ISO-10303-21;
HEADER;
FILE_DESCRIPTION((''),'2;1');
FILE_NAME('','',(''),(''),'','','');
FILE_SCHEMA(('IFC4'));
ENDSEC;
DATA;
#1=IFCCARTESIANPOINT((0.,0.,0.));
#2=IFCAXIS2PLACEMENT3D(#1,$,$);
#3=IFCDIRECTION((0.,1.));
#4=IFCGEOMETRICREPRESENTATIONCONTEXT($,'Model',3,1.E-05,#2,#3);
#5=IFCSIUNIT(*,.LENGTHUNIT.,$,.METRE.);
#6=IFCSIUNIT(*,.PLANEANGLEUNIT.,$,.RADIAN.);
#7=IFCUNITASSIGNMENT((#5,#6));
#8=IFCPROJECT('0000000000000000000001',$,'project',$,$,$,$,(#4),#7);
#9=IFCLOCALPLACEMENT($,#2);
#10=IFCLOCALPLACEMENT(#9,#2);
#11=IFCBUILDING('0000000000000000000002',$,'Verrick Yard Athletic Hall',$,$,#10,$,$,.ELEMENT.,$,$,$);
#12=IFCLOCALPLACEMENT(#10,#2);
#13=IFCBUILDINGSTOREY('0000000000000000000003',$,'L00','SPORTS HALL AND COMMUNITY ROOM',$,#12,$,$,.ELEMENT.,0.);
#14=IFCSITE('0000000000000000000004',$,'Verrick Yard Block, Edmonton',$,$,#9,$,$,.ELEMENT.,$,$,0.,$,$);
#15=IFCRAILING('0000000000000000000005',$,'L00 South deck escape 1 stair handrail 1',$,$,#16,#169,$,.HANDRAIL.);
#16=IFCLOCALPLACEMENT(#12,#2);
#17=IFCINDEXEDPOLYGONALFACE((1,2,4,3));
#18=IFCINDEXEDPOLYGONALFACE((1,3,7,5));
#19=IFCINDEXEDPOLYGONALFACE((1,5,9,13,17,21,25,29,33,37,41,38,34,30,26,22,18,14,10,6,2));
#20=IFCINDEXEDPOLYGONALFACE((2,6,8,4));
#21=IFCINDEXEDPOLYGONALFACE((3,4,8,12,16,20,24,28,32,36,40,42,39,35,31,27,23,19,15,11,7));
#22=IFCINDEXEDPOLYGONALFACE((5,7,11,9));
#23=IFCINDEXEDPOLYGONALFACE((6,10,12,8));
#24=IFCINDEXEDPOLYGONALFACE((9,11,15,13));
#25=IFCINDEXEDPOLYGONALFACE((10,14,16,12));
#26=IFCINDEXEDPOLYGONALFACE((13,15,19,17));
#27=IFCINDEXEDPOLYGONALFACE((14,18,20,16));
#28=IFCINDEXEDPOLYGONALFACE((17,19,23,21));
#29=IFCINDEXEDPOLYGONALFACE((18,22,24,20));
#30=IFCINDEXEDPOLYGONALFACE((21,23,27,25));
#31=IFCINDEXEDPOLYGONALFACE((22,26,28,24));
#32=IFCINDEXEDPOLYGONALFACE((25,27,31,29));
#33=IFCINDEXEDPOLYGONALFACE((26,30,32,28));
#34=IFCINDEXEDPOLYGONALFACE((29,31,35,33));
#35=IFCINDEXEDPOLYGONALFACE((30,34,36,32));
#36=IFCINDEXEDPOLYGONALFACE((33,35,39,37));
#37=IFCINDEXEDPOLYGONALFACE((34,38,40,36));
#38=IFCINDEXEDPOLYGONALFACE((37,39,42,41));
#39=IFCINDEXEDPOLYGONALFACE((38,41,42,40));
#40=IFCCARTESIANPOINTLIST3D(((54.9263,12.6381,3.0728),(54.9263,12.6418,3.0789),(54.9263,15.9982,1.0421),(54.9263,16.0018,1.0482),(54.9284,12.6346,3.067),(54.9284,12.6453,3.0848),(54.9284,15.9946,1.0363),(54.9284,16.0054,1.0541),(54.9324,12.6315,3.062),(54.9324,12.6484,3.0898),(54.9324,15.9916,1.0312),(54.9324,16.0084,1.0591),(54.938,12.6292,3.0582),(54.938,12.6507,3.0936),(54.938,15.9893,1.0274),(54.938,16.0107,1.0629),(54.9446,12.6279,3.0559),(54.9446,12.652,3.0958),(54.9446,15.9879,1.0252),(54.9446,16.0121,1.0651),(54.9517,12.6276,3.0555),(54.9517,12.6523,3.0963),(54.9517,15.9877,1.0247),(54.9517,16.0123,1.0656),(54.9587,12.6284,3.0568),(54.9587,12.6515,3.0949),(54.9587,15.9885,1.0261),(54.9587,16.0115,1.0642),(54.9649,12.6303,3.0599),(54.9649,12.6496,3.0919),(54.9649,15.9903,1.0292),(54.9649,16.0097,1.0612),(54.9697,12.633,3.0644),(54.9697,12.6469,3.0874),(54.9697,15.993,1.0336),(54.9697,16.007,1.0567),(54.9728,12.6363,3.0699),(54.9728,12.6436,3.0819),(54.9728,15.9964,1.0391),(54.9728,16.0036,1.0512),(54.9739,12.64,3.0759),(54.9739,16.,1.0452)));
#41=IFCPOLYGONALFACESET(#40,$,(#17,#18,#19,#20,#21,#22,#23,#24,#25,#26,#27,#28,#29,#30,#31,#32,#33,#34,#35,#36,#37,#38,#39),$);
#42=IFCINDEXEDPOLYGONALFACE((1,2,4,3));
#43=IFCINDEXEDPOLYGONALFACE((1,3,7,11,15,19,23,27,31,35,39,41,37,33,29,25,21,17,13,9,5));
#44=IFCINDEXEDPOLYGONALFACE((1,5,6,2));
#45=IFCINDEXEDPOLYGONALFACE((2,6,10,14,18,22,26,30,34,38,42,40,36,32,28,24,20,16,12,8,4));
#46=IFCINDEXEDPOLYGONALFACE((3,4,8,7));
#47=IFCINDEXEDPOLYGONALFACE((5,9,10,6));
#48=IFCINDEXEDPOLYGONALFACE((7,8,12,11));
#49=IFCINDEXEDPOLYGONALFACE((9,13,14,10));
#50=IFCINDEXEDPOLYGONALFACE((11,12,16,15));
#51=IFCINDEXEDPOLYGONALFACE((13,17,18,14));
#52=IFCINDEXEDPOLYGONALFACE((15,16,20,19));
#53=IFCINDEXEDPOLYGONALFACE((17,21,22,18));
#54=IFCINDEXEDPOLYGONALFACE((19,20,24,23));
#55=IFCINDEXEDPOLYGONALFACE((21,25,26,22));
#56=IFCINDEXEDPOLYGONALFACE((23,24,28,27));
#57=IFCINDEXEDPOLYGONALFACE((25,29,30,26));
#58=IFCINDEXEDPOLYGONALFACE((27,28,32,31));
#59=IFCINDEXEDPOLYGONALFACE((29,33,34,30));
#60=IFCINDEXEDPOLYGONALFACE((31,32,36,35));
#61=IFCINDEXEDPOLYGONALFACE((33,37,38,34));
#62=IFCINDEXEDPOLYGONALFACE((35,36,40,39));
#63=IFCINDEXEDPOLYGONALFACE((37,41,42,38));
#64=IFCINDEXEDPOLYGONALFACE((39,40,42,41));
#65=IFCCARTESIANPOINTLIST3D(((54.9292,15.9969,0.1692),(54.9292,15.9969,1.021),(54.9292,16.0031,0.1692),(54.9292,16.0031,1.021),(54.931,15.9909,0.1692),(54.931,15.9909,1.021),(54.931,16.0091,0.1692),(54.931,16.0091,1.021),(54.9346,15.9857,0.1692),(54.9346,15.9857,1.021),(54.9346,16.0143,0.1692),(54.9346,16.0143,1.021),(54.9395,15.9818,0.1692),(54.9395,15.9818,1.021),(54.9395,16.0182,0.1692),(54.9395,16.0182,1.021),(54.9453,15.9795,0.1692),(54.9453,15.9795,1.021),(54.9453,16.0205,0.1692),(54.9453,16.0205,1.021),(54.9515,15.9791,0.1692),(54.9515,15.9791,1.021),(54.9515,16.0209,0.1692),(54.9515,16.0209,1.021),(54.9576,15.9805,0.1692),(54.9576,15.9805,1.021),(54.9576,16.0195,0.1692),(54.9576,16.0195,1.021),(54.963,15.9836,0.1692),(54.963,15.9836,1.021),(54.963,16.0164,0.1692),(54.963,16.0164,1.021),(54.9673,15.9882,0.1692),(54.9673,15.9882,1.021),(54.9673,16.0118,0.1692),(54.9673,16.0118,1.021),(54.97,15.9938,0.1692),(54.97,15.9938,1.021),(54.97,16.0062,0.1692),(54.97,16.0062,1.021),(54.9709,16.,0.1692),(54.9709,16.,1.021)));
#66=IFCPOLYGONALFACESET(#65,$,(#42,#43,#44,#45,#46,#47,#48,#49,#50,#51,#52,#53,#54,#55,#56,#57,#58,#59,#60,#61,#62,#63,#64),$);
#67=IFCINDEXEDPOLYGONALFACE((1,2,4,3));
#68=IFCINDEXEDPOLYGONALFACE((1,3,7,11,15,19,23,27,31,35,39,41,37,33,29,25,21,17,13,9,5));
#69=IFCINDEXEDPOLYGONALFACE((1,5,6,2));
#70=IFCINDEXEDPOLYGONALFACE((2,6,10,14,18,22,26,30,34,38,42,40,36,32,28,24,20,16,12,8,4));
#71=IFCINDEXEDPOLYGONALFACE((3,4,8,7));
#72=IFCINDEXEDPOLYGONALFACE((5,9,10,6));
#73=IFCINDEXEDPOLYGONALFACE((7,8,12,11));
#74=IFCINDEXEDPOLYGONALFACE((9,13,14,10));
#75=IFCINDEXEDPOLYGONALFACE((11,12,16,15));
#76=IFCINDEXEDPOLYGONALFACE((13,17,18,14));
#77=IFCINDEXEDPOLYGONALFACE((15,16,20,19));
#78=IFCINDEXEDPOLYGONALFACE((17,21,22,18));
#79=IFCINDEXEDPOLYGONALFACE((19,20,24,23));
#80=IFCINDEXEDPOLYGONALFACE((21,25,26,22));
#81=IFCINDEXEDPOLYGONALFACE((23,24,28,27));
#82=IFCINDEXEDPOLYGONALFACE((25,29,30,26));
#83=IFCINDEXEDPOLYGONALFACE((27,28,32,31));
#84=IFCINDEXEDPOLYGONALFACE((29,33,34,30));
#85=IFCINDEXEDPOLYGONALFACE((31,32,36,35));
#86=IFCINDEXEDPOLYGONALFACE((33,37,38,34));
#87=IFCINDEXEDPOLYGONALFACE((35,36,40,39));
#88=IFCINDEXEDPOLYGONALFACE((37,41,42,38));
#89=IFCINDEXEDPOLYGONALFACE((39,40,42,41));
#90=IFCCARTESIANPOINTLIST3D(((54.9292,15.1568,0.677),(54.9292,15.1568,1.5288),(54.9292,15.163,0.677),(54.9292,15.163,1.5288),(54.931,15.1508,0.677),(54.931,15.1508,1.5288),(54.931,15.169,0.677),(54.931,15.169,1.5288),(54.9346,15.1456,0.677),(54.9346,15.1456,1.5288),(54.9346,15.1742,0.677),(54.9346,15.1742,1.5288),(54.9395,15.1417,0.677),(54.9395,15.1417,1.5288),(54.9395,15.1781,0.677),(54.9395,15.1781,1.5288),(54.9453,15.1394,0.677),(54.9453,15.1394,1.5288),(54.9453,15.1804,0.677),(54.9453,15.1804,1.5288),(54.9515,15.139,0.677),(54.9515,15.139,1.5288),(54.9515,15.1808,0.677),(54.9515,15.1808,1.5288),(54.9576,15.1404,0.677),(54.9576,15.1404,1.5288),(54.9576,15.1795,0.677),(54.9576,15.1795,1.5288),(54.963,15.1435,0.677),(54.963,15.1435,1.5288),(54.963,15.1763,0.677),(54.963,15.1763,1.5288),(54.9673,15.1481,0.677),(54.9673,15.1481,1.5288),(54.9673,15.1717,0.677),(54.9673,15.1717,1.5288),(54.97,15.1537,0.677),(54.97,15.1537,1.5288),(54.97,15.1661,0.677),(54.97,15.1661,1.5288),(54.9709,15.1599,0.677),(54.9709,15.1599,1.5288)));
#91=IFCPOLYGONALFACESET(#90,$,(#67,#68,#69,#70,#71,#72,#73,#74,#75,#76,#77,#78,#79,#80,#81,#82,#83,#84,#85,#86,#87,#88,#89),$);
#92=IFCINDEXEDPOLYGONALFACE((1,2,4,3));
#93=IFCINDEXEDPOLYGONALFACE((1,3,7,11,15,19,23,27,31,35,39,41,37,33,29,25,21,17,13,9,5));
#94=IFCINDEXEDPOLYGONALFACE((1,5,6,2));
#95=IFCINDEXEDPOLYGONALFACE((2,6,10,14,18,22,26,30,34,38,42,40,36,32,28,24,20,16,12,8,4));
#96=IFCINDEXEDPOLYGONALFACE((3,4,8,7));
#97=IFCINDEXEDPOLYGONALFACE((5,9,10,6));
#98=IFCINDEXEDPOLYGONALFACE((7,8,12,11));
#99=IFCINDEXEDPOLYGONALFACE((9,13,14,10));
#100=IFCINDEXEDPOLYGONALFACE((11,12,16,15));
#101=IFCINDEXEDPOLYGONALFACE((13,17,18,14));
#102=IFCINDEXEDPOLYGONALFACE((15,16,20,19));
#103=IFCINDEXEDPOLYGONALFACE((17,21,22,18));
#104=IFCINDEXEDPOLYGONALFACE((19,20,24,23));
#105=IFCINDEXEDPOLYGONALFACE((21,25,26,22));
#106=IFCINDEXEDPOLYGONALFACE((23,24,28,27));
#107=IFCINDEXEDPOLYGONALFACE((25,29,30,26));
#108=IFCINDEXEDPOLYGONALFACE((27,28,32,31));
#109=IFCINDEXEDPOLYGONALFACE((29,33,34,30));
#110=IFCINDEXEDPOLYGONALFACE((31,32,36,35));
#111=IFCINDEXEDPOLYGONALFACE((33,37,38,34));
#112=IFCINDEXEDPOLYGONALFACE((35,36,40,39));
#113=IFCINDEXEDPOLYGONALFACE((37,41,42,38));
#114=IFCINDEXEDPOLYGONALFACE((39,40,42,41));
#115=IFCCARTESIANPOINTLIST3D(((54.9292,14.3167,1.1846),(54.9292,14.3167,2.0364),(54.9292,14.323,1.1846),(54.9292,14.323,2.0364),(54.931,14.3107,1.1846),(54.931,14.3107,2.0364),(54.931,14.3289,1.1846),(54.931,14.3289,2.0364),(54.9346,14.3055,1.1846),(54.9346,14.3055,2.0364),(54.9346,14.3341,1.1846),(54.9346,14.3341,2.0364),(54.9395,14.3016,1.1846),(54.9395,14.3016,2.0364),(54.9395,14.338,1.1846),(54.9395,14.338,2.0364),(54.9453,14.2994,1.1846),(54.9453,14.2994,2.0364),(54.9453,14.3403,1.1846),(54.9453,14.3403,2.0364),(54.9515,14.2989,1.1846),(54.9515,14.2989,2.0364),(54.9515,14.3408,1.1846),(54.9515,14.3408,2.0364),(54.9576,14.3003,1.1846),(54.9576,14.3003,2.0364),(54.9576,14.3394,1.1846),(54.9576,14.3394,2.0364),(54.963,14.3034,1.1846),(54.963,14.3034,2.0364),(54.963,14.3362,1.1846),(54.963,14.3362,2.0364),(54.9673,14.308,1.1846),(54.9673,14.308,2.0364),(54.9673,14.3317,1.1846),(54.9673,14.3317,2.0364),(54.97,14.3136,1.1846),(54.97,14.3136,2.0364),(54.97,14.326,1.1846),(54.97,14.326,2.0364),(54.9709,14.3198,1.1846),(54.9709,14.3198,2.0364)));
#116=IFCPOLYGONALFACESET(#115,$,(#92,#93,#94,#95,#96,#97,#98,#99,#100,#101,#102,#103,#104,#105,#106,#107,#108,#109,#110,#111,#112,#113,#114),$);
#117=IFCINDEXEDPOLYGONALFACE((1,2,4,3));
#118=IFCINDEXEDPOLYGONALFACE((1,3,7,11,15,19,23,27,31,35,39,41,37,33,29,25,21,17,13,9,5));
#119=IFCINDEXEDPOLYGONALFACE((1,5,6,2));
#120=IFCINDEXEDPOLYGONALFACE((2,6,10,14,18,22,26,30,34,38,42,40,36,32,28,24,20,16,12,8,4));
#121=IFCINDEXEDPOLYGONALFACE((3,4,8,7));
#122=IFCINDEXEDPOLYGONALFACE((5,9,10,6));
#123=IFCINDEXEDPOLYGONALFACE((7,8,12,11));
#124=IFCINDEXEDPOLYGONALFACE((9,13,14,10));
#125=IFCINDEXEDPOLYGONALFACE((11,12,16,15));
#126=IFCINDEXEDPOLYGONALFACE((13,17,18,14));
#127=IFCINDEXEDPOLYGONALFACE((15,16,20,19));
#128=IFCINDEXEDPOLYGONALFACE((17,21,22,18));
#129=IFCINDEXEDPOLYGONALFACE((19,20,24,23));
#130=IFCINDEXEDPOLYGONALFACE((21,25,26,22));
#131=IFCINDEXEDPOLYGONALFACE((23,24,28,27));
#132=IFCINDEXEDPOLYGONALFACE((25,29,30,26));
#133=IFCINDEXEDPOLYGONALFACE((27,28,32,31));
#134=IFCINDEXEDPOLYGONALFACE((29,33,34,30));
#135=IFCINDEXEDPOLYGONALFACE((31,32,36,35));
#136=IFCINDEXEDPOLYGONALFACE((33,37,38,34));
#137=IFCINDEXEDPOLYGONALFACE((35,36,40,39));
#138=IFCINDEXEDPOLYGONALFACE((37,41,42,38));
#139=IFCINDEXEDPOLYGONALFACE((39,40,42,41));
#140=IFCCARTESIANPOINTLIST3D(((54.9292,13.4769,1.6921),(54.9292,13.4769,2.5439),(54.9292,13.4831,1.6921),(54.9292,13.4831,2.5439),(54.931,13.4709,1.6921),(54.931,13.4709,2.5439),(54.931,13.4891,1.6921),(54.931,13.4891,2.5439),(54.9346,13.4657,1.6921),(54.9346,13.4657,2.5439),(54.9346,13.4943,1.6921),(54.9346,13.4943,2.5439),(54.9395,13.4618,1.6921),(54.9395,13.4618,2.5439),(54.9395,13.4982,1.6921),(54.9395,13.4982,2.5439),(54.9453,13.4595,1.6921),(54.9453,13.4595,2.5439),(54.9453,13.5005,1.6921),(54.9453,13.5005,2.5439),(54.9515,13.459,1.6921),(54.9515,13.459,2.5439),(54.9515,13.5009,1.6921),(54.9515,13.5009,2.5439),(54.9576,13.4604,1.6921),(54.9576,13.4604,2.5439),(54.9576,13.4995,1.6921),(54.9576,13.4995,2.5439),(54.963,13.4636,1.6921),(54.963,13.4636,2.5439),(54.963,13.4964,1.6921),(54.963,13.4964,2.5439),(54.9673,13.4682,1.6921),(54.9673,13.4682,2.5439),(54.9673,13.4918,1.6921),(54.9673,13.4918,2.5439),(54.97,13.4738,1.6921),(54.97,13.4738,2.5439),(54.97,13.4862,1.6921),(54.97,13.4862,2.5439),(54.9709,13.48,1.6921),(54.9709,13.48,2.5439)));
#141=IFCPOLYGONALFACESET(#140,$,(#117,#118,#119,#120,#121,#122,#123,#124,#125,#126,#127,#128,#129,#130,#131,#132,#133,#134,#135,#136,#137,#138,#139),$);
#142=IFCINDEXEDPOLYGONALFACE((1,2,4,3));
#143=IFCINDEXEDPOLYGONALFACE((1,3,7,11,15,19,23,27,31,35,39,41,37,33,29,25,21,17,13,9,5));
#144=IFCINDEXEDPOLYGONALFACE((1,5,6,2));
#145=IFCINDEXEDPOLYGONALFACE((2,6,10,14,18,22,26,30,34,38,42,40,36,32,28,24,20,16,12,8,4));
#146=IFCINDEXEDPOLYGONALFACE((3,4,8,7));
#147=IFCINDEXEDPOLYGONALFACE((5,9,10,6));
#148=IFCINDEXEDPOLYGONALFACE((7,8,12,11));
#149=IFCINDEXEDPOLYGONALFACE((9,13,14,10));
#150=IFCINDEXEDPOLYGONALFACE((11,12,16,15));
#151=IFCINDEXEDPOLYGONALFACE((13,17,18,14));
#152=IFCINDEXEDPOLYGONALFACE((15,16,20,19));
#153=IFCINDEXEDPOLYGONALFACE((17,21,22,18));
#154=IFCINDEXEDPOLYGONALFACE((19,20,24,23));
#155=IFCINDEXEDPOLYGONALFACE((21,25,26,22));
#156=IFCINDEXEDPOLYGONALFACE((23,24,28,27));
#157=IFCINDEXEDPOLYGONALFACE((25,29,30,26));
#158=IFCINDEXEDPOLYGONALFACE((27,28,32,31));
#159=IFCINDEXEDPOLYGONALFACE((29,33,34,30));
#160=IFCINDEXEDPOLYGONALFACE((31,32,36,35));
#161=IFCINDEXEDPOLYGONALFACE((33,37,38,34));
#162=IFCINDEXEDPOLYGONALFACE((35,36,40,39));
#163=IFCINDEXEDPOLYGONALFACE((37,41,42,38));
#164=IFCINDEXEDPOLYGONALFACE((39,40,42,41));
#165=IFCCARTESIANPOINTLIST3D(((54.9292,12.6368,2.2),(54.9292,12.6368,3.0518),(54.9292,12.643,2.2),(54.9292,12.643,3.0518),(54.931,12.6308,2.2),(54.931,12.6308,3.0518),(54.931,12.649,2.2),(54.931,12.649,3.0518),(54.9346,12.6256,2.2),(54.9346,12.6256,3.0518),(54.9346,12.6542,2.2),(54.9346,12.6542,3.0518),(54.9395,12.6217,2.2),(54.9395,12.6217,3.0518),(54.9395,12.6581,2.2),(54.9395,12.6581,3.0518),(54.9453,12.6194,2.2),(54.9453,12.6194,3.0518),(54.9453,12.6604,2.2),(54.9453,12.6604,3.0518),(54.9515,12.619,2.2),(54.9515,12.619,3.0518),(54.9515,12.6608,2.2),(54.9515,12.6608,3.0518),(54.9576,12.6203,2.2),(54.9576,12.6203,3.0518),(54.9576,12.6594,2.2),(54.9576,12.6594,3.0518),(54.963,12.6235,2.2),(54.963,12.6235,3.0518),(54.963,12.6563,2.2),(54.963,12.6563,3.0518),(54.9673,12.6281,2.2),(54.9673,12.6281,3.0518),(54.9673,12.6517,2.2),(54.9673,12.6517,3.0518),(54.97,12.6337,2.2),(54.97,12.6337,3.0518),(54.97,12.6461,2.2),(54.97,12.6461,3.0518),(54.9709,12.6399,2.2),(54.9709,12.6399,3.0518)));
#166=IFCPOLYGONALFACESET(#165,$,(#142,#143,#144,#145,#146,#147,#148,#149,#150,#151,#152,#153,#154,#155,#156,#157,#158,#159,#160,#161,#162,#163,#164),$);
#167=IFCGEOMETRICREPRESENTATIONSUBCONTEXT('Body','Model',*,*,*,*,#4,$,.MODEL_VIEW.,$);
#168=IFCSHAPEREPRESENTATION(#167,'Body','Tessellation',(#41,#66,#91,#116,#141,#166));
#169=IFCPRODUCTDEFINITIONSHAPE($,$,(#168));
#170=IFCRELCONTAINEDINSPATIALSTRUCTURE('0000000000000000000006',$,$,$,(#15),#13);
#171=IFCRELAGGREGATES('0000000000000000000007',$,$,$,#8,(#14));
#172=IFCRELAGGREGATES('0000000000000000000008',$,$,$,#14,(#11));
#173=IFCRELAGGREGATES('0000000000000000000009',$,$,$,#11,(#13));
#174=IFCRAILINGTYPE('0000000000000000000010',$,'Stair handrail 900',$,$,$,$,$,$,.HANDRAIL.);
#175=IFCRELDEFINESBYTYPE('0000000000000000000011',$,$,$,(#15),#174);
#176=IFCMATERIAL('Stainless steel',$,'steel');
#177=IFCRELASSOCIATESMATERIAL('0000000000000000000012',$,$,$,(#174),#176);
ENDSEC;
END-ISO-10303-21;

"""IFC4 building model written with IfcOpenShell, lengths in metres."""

from ifc_helpers import new_model, si_unit, direction, frame, origin, origin_2d, place, context, subcontext, project, spatial, circle, extrude, material, type_object, element, save


model = new_model("IFC4")

# Units and contexts
model_context = context("Model", 3, precision=1e-05, world=origin(), true_north=direction((0.0, 1.0)))
body_context = subcontext(model_context, "Body", "Model", "MODEL_VIEW")
ifc_project = project(units=[si_unit("LENGTHUNIT", "METRE"), si_unit("PLANEANGLEUNIT", "RADIAN")], contexts=[model_context])

# Site, building, storey
site_placement = place(None, origin())
site = spatial("IfcSite", under=ifc_project, at=site_placement, Name="Verrick Yard Block, Edmonton", CompositionType="ELEMENT", RefElevation=0.0)
building_placement = place(site_placement, origin())
building = spatial("IfcBuilding", under=site, at=building_placement, Name="Verrick Yard Athletic Hall", CompositionType="ELEMENT")
storey_placement = place(building_placement, origin())
storey = spatial("IfcBuildingStorey", under=building, at=storey_placement, Name="L00", Description="SPORTS HALL AND COMMUNITY ROOM", CompositionType="ELEMENT", Elevation=0.0)

# Railing
ifc_material_1 = material(Name="Stainless steel", Category="steel")
railing_type_1 = type_object("IfcRailingType", Name="Stair handrail 900", PredefinedType="HANDRAIL", material=ifc_material_1)
railing_1_placement = place(storey_placement, frame((54.95, 16.0, 0.1692)))
element("IfcRailing", 1, at=railing_1_placement, inside=storey, type_object=railing_type_1, Name="L00 South deck escape 1 stair handrail 1", PredefinedType="HANDRAIL", context=body_context, shape_type="SweptSolid", body=[
    extrude(circle(Radius=0.0239, at=origin_2d()), frame((0.0, 0.0, 0.876), z_axis=(0.0, -0.855837, 0.517246), x_axis=(1.0, 0.0, 0.0)), (0.0, 0.0, 1.0), 3.926),
    extrude(circle(Radius=0.021, at=origin_2d()), origin(), (0.0, 0.0, 1.0), 0.8518),
    extrude(circle(Radius=0.021, at=origin_2d()), frame((0.0, -0.8401, 0.5078)), (0.0, 0.0, 1.0), 0.8518),
    extrude(circle(Radius=0.021, at=origin_2d()), frame((0.0, -1.6802, 1.0154)), (0.0, 0.0, 1.0), 0.8518),
    extrude(circle(Radius=0.021, at=origin_2d()), frame((0.0, -2.52, 1.5229)), (0.0, 0.0, 1.0), 0.8518),
    extrude(circle(Radius=0.021, at=origin_2d()), frame((0.0, -3.3601, 2.0308)), (0.0, 0.0, 1.0), 0.8518),
])

save(model, "model.ifc")
